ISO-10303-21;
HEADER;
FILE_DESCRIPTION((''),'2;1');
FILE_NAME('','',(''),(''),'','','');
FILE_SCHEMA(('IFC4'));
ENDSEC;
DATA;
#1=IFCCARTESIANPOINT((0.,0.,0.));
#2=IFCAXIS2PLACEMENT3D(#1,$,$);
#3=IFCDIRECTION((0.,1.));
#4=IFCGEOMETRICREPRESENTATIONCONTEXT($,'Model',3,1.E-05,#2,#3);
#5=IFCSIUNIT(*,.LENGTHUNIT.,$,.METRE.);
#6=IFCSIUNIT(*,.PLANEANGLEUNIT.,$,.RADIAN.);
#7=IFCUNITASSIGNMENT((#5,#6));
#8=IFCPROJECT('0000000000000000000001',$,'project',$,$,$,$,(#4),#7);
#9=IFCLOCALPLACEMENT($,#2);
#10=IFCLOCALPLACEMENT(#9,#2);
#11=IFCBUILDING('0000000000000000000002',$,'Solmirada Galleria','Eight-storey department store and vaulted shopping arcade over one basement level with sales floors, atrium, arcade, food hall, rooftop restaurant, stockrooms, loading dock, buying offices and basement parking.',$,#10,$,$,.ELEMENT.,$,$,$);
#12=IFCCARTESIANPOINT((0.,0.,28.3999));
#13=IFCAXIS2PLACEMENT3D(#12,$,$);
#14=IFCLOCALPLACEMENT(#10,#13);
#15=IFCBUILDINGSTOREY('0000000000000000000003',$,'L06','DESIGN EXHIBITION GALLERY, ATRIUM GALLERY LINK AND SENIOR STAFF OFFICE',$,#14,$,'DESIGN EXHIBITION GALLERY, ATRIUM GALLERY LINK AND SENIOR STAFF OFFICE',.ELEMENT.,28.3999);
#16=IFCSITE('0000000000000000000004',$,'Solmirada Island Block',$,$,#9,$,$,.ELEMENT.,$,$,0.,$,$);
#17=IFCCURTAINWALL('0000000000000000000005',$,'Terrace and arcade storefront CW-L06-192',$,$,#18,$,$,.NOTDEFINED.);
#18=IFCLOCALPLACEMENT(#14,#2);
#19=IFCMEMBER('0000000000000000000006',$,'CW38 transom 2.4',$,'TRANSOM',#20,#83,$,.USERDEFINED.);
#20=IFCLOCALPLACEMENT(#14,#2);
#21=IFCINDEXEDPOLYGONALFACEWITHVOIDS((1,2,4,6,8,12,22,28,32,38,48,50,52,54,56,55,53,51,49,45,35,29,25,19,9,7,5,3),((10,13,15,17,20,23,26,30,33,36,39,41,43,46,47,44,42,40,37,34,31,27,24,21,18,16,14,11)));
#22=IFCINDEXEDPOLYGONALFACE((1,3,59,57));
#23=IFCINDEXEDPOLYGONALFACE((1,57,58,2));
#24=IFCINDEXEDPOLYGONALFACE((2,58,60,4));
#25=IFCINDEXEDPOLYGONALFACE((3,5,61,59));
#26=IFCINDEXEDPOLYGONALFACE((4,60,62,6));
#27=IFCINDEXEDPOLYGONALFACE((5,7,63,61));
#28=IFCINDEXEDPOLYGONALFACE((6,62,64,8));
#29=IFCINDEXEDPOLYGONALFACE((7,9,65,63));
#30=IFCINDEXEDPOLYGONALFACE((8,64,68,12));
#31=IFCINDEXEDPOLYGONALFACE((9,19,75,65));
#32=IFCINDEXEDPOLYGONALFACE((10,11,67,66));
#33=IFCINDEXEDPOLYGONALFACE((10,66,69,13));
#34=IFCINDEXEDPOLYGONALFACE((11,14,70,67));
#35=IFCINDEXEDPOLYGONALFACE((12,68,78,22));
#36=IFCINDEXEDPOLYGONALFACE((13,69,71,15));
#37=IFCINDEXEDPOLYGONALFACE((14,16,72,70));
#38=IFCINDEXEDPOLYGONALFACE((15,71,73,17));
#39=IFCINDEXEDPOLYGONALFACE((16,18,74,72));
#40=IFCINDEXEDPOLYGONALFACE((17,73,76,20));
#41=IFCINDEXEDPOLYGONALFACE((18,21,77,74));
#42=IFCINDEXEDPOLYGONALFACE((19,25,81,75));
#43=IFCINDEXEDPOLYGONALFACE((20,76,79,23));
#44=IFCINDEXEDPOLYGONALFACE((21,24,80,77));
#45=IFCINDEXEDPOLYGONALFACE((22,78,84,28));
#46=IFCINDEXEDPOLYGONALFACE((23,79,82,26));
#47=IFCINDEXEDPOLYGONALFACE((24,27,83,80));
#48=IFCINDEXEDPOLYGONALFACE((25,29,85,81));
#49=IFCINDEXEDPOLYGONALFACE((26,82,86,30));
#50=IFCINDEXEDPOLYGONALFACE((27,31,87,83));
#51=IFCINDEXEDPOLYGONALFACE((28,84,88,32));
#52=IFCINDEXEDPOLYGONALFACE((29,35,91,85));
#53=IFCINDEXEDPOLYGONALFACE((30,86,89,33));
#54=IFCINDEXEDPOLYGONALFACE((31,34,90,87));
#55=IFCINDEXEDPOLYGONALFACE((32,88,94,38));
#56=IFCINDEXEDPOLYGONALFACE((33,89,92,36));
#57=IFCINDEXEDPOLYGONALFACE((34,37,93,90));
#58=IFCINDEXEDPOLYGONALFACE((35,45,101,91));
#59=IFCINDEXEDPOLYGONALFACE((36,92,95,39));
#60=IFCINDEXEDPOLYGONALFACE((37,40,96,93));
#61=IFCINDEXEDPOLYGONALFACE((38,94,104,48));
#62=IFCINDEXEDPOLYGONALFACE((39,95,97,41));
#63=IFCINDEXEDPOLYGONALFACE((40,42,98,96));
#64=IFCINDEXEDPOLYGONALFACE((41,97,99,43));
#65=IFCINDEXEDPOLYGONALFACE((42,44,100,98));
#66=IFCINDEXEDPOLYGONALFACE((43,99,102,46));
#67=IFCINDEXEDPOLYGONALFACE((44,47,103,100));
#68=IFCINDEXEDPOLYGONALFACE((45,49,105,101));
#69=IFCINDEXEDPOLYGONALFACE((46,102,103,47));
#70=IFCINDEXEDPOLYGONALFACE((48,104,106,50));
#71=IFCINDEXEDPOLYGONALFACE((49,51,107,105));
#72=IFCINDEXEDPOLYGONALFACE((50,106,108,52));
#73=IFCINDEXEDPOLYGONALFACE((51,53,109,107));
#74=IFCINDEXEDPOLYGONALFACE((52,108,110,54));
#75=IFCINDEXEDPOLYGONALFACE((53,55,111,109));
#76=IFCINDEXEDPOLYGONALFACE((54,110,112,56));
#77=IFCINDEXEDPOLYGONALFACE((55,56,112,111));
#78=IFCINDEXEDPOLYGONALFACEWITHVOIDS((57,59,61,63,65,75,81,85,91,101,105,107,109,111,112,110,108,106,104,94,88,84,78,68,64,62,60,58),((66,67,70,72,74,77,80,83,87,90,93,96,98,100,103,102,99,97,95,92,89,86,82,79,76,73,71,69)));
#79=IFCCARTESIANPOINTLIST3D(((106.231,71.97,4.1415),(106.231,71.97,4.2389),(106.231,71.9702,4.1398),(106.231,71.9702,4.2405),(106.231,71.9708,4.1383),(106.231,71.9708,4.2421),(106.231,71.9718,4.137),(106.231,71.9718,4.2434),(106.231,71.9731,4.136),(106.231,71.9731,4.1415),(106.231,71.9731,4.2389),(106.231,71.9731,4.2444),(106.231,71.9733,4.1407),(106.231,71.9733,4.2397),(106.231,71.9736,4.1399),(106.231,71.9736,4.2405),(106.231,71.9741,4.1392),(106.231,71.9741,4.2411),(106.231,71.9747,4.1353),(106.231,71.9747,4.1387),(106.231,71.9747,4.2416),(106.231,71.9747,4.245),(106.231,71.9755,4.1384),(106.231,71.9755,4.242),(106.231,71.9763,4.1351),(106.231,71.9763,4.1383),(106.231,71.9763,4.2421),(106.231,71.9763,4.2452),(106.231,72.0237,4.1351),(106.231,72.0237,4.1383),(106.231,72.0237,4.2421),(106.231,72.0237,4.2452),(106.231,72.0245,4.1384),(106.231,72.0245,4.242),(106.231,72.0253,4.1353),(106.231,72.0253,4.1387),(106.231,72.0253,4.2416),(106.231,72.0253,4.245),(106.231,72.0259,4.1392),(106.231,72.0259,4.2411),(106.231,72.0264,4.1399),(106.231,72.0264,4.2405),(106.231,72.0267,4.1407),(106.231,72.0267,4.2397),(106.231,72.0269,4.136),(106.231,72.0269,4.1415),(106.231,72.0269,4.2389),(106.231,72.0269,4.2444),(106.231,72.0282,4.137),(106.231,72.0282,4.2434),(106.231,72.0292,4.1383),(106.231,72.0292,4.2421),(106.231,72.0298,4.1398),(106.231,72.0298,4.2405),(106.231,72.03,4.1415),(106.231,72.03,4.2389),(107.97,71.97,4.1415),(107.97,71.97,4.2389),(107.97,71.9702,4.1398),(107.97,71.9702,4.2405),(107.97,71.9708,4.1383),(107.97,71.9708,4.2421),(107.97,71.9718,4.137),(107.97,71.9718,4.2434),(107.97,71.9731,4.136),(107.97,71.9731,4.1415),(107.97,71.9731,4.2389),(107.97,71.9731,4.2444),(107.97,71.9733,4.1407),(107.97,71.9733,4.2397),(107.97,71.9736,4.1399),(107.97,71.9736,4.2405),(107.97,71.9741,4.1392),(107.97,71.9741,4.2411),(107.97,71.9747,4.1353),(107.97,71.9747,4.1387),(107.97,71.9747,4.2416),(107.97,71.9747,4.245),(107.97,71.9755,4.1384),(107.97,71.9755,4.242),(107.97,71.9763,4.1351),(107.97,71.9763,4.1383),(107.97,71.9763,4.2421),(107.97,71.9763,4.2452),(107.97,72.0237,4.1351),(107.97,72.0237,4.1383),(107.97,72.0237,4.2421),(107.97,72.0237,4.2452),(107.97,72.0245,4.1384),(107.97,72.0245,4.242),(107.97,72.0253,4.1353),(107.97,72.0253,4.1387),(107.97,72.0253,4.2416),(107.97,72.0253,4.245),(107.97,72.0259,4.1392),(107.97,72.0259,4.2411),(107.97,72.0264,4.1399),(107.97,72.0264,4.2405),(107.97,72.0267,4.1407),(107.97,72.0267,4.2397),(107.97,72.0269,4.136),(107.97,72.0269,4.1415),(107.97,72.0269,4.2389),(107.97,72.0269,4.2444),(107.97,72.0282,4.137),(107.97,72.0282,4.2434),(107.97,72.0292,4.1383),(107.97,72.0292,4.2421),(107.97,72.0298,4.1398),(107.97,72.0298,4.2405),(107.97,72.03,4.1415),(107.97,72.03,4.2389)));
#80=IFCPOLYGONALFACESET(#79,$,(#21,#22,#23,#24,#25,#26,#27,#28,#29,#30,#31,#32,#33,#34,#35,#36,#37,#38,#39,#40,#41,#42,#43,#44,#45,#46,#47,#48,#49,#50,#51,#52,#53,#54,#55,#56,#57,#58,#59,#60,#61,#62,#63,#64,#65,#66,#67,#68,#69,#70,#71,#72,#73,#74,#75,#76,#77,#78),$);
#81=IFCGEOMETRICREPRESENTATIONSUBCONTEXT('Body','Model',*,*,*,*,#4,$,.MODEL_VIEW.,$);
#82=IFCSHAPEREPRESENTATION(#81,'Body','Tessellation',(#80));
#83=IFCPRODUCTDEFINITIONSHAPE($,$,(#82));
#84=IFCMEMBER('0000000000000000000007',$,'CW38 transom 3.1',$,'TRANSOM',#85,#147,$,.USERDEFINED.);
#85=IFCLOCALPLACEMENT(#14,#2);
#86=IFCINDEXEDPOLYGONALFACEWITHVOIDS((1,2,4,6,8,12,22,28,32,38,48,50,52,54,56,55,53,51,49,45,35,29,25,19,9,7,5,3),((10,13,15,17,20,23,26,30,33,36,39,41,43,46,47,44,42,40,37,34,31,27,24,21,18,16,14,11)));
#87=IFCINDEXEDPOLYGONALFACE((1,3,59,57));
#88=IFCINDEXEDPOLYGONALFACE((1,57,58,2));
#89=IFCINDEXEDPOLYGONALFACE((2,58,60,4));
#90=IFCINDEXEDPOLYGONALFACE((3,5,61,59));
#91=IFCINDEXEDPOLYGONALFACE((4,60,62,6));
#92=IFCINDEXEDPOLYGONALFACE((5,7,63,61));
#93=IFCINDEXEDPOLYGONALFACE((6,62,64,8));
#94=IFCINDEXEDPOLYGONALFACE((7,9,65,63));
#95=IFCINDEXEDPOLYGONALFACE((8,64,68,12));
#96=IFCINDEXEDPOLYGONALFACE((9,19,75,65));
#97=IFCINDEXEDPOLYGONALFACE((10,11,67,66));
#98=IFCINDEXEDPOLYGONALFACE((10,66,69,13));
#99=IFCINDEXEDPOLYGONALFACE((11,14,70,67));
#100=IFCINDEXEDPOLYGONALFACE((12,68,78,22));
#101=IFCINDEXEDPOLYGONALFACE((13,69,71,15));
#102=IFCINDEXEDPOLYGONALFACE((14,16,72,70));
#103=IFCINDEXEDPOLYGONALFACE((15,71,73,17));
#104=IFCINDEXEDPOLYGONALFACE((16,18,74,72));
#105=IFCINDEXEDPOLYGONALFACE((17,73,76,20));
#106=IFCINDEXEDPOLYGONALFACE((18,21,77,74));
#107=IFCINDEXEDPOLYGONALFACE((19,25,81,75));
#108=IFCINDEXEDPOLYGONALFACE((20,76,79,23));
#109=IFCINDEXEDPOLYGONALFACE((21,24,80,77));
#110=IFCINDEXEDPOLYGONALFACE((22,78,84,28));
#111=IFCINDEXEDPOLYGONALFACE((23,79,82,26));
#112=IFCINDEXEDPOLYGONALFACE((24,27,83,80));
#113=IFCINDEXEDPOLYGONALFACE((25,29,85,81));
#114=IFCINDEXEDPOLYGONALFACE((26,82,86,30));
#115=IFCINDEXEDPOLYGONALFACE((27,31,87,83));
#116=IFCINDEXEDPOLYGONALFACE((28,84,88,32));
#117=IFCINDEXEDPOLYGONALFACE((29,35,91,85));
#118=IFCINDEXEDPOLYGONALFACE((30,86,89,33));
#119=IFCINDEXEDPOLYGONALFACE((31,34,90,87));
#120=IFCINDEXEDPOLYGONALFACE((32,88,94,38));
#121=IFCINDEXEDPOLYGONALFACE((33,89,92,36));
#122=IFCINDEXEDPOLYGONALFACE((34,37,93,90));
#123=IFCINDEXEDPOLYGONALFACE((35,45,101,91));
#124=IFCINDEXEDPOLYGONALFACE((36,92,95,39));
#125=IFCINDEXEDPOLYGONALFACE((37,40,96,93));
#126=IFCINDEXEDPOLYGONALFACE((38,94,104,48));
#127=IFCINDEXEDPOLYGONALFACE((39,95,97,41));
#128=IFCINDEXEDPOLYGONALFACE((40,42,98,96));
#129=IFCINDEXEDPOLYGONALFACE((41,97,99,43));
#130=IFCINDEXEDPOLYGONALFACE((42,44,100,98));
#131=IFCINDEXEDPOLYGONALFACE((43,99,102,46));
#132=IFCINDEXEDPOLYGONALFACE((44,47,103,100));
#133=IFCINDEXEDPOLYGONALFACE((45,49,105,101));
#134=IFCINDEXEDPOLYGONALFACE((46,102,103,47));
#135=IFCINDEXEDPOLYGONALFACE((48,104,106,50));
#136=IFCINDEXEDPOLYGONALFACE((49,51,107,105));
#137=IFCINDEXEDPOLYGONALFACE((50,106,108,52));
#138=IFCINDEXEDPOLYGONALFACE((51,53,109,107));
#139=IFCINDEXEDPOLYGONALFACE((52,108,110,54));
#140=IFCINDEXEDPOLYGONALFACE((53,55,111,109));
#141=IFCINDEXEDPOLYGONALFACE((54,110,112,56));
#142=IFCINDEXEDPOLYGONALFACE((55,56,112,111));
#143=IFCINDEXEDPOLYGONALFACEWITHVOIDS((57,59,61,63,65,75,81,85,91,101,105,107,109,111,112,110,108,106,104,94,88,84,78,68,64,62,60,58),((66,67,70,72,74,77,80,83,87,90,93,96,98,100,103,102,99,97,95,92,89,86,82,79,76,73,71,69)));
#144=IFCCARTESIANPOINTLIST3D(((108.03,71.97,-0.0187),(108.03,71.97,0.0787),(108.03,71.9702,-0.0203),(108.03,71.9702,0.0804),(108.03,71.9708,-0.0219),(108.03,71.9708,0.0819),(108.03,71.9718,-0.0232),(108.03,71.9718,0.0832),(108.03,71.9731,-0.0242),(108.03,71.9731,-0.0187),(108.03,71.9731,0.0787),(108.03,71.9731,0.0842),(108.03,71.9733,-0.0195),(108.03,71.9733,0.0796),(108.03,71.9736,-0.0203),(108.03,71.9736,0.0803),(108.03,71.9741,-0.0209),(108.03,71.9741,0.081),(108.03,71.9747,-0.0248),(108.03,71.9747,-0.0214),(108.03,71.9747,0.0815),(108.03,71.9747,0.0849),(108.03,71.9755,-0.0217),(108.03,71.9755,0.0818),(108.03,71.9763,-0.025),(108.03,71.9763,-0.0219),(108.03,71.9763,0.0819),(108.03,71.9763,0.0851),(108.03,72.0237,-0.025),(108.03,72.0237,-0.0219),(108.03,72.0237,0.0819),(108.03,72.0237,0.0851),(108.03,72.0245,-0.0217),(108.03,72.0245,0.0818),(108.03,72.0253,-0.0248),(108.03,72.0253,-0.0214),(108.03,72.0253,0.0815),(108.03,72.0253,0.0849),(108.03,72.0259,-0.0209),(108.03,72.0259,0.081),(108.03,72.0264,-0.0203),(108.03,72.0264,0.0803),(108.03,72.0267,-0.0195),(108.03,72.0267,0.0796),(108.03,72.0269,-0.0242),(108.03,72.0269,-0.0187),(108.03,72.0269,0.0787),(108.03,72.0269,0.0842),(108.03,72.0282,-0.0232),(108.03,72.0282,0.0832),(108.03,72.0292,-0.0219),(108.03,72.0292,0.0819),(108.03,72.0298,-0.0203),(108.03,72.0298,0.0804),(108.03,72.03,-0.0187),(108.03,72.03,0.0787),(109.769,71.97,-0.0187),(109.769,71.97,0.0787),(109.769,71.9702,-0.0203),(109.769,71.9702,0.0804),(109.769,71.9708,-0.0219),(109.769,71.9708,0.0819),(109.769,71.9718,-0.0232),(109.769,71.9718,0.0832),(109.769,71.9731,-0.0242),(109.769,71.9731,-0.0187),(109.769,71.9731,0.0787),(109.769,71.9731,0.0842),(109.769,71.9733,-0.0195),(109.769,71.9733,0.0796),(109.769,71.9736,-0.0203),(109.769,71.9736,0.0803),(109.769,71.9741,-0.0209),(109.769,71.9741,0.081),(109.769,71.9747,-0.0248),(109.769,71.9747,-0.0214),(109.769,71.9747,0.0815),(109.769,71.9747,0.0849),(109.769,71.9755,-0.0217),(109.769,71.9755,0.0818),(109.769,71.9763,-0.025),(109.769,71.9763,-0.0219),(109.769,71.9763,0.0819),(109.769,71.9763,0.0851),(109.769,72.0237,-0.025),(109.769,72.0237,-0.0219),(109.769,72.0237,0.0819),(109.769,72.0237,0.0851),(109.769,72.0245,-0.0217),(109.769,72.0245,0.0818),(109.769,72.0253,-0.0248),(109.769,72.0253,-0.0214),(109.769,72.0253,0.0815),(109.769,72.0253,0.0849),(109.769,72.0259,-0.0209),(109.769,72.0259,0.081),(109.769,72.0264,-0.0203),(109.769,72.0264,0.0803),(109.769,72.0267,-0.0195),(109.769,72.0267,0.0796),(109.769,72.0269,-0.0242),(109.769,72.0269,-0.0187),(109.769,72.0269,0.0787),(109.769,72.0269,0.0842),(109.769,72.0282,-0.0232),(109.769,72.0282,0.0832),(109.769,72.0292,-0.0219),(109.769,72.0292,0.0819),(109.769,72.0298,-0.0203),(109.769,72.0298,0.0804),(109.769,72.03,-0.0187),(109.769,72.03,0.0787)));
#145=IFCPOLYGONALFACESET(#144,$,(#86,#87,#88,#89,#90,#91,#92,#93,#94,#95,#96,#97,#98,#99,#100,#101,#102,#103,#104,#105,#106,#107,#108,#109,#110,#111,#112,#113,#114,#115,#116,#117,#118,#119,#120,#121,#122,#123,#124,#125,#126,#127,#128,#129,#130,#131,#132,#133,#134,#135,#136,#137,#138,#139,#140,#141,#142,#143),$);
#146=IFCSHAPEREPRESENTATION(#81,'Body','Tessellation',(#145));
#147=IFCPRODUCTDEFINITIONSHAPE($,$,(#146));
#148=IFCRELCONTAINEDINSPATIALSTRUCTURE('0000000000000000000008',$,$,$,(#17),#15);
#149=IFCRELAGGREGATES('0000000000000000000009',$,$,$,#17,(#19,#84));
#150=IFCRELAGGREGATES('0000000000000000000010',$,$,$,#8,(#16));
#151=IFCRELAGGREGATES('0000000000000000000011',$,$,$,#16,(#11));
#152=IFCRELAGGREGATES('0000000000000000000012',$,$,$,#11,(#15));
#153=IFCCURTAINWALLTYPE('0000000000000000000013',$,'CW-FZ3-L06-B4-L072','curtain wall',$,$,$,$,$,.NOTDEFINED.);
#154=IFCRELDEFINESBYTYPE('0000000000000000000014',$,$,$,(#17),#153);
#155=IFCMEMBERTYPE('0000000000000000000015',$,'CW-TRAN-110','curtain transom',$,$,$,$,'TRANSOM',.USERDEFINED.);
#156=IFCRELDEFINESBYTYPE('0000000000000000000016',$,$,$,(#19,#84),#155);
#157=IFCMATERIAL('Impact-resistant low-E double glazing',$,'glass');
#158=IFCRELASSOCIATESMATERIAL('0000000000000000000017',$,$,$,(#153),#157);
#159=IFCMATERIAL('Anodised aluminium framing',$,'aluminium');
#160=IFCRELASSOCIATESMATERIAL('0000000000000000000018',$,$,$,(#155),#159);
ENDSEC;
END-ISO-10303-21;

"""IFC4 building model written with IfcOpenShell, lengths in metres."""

from ifc_helpers import new_model, si_unit, direction, frame, origin, origin_2d, place, context, subcontext, project, spatial, hollow_rectangle, extrude, material, material_profile, profile_set, type_object, element, aggregate, save


model = new_model("IFC4")

# Units and contexts
model_context = context("Model", 3, precision=1e-05, world=origin(), true_north=direction((0.0, 1.0)))
body_context = subcontext(model_context, "Body", "Model", "MODEL_VIEW")
ifc_project = project(units=[si_unit("LENGTHUNIT", "METRE"), si_unit("PLANEANGLEUNIT", "RADIAN")], contexts=[model_context])

# Site, building, storey
site_placement = place(None, origin())
site = spatial("IfcSite", under=ifc_project, at=site_placement, Name="Solmirada Island Block", CompositionType="ELEMENT", RefElevation=0.0)
building_placement = place(site_placement, origin())
building = spatial("IfcBuilding", under=site, at=building_placement, Name="Solmirada Galleria", Description="Eight-storey department store and vaulted shopping arcade over one basement level with sales floors, atrium, arcade, food hall, rooftop restaurant, stockrooms, loading dock, buying offices and basement parking.", CompositionType="ELEMENT")
storey_placement = place(building_placement, frame((0.0, 0.0, 28.3999)))
storey = spatial("IfcBuildingStorey", under=building, at=storey_placement, Name="L06", Description="DESIGN EXHIBITION GALLERY, ATRIUM GALLERY LINK AND SENIOR STAFF OFFICE", LongName="DESIGN EXHIBITION GALLERY, ATRIUM GALLERY LINK AND SENIOR STAFF OFFICE", CompositionType="ELEMENT", Elevation=28.3999)

# Curtain wall
ifc_material_1 = material(Name="Impact-resistant low-E double glazing", Category="glass")
curtain_wall_type = type_object("IfcCurtainWallType", Name="CW-FZ3-L06-B4-L072", Description="curtain wall", PredefinedType="NOTDEFINED", material=ifc_material_1)
ifc_material_2 = material(Name="Anodised aluminium framing", Category="aluminium")
curtain_wall_1_placement = place(storey_placement, origin())
curtain_wall_1 = element("IfcCurtainWall", 1, at=curtain_wall_1_placement, inside=storey, type_object=curtain_wall_type, Name="Terrace and arcade storefront CW-L06-192", PredefinedType="NOTDEFINED")

# Members
ifc_material_profile_1 = material_profile(ifc_material_2, hollow_rectangle(XDim=0.0601, YDim=0.1101, WallThickness=0.0032, InnerFilletRadius=0.0032, OuterFilletRadius=0.0063, at=origin_2d()), Name="ALU-TRAN-110X60")
ifc_profile_set_1 = profile_set([ifc_material_profile_1], Name="Anodised aluminium framing")
member_type_1 = type_object("IfcMemberType", Name="CW-TRAN-110", Description="curtain transom", ElementType="TRANSOM", PredefinedType="USERDEFINED", material=ifc_profile_set_1)
member_1_placement = place(storey_placement, frame((106.231, 72.0, 4.1902), z_axis=(1.0, 0.0, 0.0), x_axis=(0.0, 1.0, 0.0)))
member_1 = element("IfcMember", 2, at=member_1_placement, type_object=member_type_1, Name="CW38 transom 2.4", ObjectType="TRANSOM", PredefinedType="USERDEFINED", context=body_context, shape_type="SweptSolid", body=[
    extrude(hollow_rectangle(XDim=0.0601, YDim=0.1101, WallThickness=0.0032, InnerFilletRadius=0.0032, OuterFilletRadius=0.0063, at=origin_2d()), origin(), (0.0, 0.0, 1.0), 1.739),
])
member_2_placement = place(storey_placement, frame((108.03, 72.0, 0.03), z_axis=(1.0, 0.0, 0.0), x_axis=(0.0, 1.0, 0.0)))
member_2 = element("IfcMember", 3, at=member_2_placement, type_object=member_type_1, Name="CW38 transom 3.1", ObjectType="TRANSOM", PredefinedType="USERDEFINED", context=body_context, shape_type="SweptSolid", body=[
    extrude(hollow_rectangle(XDim=0.0601, YDim=0.1101, WallThickness=0.0032, InnerFilletRadius=0.0032, OuterFilletRadius=0.0063, at=origin_2d()), origin(), (0.0, 0.0, 1.0), 1.739),
])

aggregate(curtain_wall_1, [member_1, member_2])

save(model, "model.ifc")
